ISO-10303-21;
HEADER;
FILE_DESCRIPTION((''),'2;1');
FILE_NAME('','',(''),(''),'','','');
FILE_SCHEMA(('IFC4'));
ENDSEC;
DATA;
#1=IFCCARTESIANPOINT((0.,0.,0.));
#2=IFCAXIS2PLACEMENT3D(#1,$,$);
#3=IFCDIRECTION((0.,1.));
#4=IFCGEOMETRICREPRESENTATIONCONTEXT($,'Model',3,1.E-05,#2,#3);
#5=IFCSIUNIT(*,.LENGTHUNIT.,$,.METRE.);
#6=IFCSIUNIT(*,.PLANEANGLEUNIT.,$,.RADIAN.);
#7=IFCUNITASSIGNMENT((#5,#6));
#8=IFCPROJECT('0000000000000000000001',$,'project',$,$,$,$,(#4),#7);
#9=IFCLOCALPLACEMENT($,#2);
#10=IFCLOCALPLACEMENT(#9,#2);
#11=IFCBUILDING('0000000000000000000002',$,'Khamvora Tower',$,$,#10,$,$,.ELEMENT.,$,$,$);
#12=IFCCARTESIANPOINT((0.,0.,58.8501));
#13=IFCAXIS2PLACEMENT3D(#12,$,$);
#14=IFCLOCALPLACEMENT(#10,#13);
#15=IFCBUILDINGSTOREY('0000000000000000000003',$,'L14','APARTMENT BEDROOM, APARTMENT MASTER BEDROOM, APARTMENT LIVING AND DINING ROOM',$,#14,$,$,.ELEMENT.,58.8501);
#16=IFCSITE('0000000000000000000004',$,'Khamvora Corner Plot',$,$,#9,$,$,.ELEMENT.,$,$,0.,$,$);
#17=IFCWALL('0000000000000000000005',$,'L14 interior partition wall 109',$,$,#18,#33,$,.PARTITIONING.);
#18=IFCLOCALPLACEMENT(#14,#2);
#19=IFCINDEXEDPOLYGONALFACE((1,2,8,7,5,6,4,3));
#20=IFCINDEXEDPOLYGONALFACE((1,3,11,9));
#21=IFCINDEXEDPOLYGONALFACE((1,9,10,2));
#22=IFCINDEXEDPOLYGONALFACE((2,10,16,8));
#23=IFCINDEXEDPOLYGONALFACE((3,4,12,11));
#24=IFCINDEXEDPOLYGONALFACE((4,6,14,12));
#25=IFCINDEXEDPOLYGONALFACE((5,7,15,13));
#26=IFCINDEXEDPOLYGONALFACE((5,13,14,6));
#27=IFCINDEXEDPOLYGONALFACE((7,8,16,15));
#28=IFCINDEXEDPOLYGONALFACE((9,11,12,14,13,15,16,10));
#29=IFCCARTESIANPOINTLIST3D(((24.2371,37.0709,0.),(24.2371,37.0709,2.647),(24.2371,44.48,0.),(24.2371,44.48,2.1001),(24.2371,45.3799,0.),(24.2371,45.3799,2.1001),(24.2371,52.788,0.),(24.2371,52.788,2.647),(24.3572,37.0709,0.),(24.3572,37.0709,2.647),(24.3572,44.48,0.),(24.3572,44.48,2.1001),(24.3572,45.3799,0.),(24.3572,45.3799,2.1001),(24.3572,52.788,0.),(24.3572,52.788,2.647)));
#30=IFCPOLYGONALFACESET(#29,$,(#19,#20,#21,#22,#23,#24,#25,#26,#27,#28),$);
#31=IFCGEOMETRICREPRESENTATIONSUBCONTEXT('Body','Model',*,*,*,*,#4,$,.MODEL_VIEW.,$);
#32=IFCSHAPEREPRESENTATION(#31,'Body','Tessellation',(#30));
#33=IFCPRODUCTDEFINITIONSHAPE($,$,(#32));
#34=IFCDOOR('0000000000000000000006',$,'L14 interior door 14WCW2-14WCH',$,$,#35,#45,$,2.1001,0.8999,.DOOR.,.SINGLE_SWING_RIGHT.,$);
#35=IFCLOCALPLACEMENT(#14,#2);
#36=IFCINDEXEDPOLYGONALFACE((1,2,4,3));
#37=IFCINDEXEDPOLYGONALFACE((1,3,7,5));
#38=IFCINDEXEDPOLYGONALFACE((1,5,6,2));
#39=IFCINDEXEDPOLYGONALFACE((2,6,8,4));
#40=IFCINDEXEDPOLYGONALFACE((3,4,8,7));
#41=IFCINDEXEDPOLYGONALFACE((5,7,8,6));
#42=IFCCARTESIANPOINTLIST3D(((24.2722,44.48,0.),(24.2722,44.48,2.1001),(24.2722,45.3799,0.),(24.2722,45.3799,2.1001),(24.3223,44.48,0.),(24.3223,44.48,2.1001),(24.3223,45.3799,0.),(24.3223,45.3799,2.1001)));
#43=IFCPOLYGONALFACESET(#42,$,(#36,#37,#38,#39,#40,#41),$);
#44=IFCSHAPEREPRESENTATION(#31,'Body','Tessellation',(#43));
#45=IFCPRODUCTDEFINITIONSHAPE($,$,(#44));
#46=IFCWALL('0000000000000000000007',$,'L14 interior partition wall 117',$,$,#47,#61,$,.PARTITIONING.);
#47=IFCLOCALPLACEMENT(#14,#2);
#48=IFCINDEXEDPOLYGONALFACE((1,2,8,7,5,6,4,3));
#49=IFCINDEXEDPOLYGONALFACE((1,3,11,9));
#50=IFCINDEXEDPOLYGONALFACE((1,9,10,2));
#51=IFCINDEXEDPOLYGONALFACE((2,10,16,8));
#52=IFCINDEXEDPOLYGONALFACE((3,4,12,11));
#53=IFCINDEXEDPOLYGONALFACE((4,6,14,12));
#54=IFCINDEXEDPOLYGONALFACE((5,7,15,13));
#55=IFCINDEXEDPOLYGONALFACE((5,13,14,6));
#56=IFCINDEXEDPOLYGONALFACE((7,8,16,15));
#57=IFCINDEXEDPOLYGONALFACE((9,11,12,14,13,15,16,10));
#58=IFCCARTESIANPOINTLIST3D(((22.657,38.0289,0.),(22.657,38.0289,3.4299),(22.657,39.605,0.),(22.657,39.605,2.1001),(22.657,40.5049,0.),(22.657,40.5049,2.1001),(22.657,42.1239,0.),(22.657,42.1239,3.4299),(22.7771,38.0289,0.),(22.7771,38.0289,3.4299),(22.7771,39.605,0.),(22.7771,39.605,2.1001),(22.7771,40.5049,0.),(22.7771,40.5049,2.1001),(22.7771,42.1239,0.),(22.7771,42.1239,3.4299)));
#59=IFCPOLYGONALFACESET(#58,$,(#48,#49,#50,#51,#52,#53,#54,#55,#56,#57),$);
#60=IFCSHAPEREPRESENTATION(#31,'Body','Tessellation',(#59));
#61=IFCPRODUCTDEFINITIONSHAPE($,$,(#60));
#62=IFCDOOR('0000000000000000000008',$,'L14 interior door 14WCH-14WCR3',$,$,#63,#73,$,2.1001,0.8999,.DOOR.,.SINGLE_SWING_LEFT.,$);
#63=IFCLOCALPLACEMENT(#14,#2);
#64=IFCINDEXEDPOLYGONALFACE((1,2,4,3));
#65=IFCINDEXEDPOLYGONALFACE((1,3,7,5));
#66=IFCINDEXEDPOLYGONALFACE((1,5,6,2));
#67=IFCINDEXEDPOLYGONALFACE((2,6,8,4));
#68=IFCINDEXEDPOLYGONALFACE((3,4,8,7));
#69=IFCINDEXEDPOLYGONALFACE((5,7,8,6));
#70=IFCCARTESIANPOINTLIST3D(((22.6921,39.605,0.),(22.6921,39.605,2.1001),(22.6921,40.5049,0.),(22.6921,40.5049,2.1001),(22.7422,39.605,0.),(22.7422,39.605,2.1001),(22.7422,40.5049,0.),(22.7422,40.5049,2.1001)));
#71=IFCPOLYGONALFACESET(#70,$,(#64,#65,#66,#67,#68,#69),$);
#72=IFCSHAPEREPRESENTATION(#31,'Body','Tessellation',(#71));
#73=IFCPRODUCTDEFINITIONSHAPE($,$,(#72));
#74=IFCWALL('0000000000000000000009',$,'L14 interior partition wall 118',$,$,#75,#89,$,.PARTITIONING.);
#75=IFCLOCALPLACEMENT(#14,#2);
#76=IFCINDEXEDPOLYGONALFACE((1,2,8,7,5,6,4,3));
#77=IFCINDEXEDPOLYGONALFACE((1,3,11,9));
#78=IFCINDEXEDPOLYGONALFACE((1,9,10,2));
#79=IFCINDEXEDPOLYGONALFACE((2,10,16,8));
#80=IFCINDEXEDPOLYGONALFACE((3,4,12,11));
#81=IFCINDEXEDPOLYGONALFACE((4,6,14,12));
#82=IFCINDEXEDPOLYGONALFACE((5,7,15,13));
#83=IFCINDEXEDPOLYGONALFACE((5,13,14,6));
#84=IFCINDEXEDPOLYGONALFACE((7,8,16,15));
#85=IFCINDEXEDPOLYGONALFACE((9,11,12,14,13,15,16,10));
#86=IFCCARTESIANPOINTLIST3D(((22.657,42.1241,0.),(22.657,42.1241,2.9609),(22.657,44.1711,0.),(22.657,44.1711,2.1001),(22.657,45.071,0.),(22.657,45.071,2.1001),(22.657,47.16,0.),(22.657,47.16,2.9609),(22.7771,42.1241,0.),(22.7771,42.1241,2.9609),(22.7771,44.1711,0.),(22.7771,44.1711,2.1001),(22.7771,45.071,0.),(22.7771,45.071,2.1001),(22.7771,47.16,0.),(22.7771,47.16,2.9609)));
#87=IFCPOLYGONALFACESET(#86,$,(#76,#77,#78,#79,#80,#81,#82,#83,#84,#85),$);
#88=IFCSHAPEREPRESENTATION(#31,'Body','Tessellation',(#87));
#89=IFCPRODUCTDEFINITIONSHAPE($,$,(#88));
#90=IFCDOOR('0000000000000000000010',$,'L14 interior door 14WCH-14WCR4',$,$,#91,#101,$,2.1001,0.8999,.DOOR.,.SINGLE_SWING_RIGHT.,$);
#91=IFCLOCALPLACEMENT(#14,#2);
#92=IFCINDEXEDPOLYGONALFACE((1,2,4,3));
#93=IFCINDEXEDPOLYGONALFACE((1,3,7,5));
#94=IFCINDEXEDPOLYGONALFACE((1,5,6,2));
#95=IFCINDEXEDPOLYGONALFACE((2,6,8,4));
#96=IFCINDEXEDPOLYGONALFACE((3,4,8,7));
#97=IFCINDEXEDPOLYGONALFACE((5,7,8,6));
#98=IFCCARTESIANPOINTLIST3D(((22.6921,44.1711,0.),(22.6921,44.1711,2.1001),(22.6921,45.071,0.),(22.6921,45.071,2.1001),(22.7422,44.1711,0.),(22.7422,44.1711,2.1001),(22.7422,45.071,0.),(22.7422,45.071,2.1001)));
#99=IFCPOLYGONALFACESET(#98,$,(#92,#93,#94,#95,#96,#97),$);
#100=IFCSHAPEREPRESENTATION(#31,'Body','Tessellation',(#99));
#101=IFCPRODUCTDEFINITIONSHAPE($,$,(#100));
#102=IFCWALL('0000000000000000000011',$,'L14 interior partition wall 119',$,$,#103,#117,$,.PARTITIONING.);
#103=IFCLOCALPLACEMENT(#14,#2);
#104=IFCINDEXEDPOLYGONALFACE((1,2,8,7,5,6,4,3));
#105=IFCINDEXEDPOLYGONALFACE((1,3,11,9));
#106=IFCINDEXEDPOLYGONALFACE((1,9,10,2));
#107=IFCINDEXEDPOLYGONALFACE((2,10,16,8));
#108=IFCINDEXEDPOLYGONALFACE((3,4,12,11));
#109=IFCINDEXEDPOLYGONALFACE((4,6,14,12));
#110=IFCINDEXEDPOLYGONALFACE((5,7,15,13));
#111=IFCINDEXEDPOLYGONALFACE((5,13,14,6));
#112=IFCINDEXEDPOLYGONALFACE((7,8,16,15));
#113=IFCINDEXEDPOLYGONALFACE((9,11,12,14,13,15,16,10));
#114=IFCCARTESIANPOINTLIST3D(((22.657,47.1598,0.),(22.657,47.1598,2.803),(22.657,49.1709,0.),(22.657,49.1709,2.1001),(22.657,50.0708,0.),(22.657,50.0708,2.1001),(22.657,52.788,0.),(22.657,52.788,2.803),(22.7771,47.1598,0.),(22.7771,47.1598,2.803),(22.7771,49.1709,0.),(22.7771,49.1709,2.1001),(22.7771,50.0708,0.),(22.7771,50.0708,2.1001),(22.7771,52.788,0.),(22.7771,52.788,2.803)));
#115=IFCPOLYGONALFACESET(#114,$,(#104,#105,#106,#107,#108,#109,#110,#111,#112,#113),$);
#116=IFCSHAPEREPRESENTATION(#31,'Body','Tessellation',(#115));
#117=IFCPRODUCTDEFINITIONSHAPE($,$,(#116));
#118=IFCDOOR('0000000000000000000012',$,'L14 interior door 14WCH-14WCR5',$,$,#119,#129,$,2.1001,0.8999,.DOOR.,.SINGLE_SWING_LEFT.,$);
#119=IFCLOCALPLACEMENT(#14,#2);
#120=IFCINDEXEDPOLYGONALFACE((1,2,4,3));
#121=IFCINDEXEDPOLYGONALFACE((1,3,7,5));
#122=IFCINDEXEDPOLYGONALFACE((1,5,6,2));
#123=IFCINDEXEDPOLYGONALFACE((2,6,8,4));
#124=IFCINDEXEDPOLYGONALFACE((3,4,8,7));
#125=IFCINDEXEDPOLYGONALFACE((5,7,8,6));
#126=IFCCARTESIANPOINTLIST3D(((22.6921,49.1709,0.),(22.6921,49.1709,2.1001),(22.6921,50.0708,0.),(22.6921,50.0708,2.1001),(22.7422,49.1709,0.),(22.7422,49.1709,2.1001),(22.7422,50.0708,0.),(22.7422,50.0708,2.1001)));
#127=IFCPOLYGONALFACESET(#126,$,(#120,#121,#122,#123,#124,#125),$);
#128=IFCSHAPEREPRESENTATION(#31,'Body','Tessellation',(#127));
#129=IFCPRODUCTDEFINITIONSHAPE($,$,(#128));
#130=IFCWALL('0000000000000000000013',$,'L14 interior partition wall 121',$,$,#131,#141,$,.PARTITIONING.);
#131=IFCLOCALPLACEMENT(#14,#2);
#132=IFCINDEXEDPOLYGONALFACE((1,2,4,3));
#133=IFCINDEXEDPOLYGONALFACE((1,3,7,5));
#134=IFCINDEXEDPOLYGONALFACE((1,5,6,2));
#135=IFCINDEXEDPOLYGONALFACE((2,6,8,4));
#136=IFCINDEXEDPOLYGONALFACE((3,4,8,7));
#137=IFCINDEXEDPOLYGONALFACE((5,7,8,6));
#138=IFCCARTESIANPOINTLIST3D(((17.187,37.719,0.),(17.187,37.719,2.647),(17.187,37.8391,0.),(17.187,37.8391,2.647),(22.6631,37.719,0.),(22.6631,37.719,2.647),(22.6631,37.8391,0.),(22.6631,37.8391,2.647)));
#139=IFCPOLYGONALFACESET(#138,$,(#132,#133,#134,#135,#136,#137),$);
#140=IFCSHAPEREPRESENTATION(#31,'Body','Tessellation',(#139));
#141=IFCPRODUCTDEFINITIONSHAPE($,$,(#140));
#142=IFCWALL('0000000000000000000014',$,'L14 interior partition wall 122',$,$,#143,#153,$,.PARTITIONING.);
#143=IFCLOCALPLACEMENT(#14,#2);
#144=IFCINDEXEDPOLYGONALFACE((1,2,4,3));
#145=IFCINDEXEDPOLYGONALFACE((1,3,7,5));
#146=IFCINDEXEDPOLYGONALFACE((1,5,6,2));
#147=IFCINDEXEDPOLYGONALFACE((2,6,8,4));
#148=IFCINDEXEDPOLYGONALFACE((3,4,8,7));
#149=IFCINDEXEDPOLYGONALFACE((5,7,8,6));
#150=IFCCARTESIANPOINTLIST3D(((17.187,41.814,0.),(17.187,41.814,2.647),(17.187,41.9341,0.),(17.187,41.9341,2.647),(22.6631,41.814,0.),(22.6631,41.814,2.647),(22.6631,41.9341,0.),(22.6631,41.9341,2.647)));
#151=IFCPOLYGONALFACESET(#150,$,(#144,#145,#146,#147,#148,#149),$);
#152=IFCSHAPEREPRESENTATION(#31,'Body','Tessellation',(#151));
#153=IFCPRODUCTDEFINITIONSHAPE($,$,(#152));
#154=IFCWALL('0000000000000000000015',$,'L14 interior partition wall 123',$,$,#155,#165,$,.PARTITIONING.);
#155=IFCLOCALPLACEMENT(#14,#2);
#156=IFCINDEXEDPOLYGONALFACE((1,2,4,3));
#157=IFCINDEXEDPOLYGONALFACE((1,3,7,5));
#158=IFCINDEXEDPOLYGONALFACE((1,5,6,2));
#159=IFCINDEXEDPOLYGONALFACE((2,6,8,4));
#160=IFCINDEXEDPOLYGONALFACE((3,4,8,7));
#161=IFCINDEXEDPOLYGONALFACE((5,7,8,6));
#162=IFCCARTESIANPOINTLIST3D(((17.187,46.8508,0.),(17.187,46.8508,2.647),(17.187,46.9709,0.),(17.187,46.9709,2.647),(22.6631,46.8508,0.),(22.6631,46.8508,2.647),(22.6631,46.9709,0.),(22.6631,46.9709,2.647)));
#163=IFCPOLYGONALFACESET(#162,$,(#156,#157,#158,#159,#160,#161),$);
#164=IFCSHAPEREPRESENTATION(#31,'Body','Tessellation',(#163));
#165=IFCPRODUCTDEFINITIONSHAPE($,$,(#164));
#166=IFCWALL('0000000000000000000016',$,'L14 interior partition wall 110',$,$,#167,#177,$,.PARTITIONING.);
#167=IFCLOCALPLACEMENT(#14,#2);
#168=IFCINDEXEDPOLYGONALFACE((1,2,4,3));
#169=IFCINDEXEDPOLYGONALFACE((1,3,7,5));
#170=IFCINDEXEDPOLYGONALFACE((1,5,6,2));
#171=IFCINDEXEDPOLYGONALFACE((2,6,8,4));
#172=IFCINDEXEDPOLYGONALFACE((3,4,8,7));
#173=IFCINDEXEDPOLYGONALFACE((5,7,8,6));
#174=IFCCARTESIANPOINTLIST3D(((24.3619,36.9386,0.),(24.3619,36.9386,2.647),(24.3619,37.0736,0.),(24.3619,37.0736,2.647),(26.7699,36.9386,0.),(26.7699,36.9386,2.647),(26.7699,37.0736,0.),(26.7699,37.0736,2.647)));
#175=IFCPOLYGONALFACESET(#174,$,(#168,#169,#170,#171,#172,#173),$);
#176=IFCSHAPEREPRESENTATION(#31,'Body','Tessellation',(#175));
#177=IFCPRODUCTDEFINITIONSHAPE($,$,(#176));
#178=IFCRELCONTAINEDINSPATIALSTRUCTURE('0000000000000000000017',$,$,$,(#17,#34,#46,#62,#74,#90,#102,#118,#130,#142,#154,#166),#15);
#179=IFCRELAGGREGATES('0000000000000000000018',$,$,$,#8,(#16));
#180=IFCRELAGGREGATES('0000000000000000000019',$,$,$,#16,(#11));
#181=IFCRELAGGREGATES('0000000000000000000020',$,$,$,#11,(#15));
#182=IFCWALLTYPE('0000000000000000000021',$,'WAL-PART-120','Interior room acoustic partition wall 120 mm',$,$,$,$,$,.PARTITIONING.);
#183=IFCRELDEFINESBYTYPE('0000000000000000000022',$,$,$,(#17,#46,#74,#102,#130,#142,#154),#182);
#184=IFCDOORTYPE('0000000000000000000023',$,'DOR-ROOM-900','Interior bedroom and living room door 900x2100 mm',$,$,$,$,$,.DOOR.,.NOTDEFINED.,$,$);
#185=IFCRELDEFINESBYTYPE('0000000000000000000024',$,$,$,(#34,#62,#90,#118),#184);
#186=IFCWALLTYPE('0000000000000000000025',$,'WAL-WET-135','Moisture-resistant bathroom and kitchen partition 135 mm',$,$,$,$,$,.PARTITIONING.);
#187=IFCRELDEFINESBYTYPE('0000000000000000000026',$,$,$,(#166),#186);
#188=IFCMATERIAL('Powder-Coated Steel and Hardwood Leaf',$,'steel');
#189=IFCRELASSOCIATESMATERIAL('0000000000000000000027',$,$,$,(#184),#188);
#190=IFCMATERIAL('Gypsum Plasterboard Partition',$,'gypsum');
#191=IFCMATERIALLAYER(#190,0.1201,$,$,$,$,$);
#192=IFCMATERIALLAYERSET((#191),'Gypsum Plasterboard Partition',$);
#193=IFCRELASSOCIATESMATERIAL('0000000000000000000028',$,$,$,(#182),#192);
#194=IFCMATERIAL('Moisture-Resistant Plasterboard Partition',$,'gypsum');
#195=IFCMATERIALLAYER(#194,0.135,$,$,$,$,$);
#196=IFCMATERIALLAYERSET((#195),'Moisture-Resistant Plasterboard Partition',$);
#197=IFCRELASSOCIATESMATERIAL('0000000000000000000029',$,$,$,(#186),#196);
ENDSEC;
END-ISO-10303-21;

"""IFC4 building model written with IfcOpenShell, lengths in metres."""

from ifc_helpers import new_model, si_unit, direction, frame, frame_2d, origin, place, context, subcontext, project, spatial, rectangle, extrude, material, layer, layer_set, type_object, element, fill, save


model = new_model("IFC4")

# Units and contexts
model_context = context("Model", 3, precision=1e-05, world=origin(), true_north=direction((0.0, 1.0)))
body_context = subcontext(model_context, "Body", "Model", "MODEL_VIEW")
ifc_project = project(units=[si_unit("LENGTHUNIT", "METRE"), si_unit("PLANEANGLEUNIT", "RADIAN")], contexts=[model_context])

# Site, building, storey
site_placement = place(None, origin())
site = spatial("IfcSite", under=ifc_project, at=site_placement, Name="Khamvora Corner Plot", CompositionType="ELEMENT", RefElevation=0.0)
building_placement = place(site_placement, origin())
building = spatial("IfcBuilding", under=site, at=building_placement, Name="Khamvora Tower", CompositionType="ELEMENT")
storey_placement = place(building_placement, frame((0.0, 0.0, 58.8501)))
storey = spatial("IfcBuildingStorey", under=building, at=storey_placement, Name="L14", Description="APARTMENT BEDROOM, APARTMENT MASTER BEDROOM, APARTMENT LIVING AND DINING ROOM", CompositionType="ELEMENT", Elevation=58.8501)

# Shared definitions
ifc_material_1 = material(Name="Powder-Coated Steel and Hardwood Leaf", Category="steel")
door_type_1 = type_object("IfcDoorType", Name="DOR-ROOM-900", Description="Interior bedroom and living room door 900x2100 mm", OperationType="NOTDEFINED", PredefinedType="DOOR", material=ifc_material_1)

# Shared definitions
ifc_material_2 = material(Name="Gypsum Plasterboard Partition", Category="gypsum")
ifc_layer_1 = layer(ifc_material_2, 0.1201)
ifc_layer_set_1 = layer_set([ifc_layer_1], Name="Gypsum Plasterboard Partition")
wall_type_1 = type_object("IfcWallType", Name="WAL-PART-120", Description="Interior room acoustic partition wall 120 mm", PredefinedType="PARTITIONING", material=ifc_layer_set_1)

# Walls, openings, doors
wall_1_placement = place(storey_placement, frame((24.2971, 37.071, 0.0), z_axis=(0.0, 0.0, 1.0), x_axis=(0.0, 1.0, 0.0)))
wall_1 = element("IfcWall", 1, at=wall_1_placement, inside=storey, type_object=wall_type_1, Name="L14 interior partition wall 109", PredefinedType="PARTITIONING", context=body_context, shape_type="SweptSolid", body=[
    extrude(rectangle(XDim=15.717, YDim=0.1201, at=frame_2d((7.8584, 0.0))), origin(), (0.0, 0.0, 1.0), 2.647),
])
opening_1_placement = place(wall_1_placement, frame((7.4089, 0.0, 0.0)))
opening_1 = element("IfcOpeningElement", 2, at=opening_1_placement, cuts=wall_1, PredefinedType="OPENING", context=body_context, shape_type="SweptSolid", body=[
    extrude(rectangle(XDim=0.8999, YDim=2.1001, at=frame_2d((0.45, 1.05))), frame((0.0, 0.0701, 0.0), z_axis=(0.0, -1.0, 0.0), x_axis=(1.0, 0.0, 0.0)), (0.0, 0.0, 1.0), 0.1401),
])
door_1_placement = place(opening_1_placement, origin())
door_1 = element("IfcDoor", 3, at=door_1_placement, inside=storey, type_object=door_type_1, Name="L14 interior door 14WCW2-14WCH", OperationType="SINGLE_SWING_RIGHT", OverallHeight=2.1001, OverallWidth=0.8999, PredefinedType="DOOR", context=body_context, shape_type="SweptSolid", body=[
    extrude(rectangle(XDim=0.8999, YDim=2.1001, at=frame_2d((0.45, 1.05))), frame((0.0, 0.0249, 0.0), z_axis=(0.0, -1.0, 0.0), x_axis=(1.0, 0.0, 0.0)), (0.0, 0.0, 1.0), 0.05),
])
fill(opening_1, door_1)
wall_2_placement = place(storey_placement, frame((22.717, 38.0291, 0.0), z_axis=(0.0, 0.0, 1.0), x_axis=(0.0, 1.0, 0.0)))
wall_2 = element("IfcWall", 4, at=wall_2_placement, inside=storey, type_object=wall_type_1, Name="L14 interior partition wall 117", PredefinedType="PARTITIONING", context=body_context, shape_type="SweptSolid", body=[
    extrude(rectangle(XDim=4.095, YDim=0.1201, at=frame_2d((2.0474, 0.0))), origin(), (0.0, 0.0, 1.0), 3.4299),
])
opening_2_placement = place(wall_2_placement, frame((1.5759, 0.0, 0.0)))
opening_2 = element("IfcOpeningElement", 5, at=opening_2_placement, cuts=wall_2, PredefinedType="OPENING", context=body_context, shape_type="SweptSolid", body=[
    extrude(rectangle(XDim=0.8999, YDim=2.1001, at=frame_2d((0.45, 1.05))), frame((0.0, 0.0701, 0.0), z_axis=(0.0, -1.0, 0.0), x_axis=(1.0, 0.0, 0.0)), (0.0, 0.0, 1.0), 0.1401),
])
door_2_placement = place(opening_2_placement, origin())
door_2 = element("IfcDoor", 6, at=door_2_placement, inside=storey, type_object=door_type_1, Name="L14 interior door 14WCH-14WCR3", OperationType="SINGLE_SWING_LEFT", OverallHeight=2.1001, OverallWidth=0.8999, PredefinedType="DOOR", context=body_context, shape_type="SweptSolid", body=[
    extrude(rectangle(XDim=0.8999, YDim=2.1001, at=frame_2d((0.45, 1.05))), frame((0.0, 0.0249, 0.0), z_axis=(0.0, -1.0, 0.0), x_axis=(1.0, 0.0, 0.0)), (0.0, 0.0, 1.0), 0.05),
])
fill(opening_2, door_2)
wall_3_placement = place(storey_placement, frame((22.717, 42.124, 0.0), z_axis=(0.0, 0.0, 1.0), x_axis=(0.0, 1.0, 0.0)))
wall_3 = element("IfcWall", 7, at=wall_3_placement, inside=storey, type_object=wall_type_1, Name="L14 interior partition wall 118", PredefinedType="PARTITIONING", context=body_context, shape_type="SweptSolid", body=[
    extrude(rectangle(XDim=5.0359, YDim=0.1201, at=frame_2d((2.5181, 0.0))), origin(), (0.0, 0.0, 1.0), 2.9609),
])
opening_3_placement = place(wall_3_placement, frame((2.0471, 0.0, 0.0)))
opening_3 = element("IfcOpeningElement", 8, at=opening_3_placement, cuts=wall_3, PredefinedType="OPENING", context=body_context, shape_type="SweptSolid", body=[
    extrude(rectangle(XDim=0.8999, YDim=2.1001, at=frame_2d((0.45, 1.05))), frame((0.0, 0.0701, 0.0), z_axis=(0.0, -1.0, 0.0), x_axis=(1.0, 0.0, 0.0)), (0.0, 0.0, 1.0), 0.1401),
])
door_3_placement = place(opening_3_placement, origin())
door_3 = element("IfcDoor", 9, at=door_3_placement, inside=storey, type_object=door_type_1, Name="L14 interior door 14WCH-14WCR4", OperationType="SINGLE_SWING_RIGHT", OverallHeight=2.1001, OverallWidth=0.8999, PredefinedType="DOOR", context=body_context, shape_type="SweptSolid", body=[
    extrude(rectangle(XDim=0.8999, YDim=2.1001, at=frame_2d((0.45, 1.05))), frame((0.0, 0.0249, 0.0), z_axis=(0.0, -1.0, 0.0), x_axis=(1.0, 0.0, 0.0)), (0.0, 0.0, 1.0), 0.05),
])
fill(opening_3, door_3)
wall_4_placement = place(storey_placement, frame((22.717, 47.1599, 0.0), z_axis=(0.0, 0.0, 1.0), x_axis=(0.0, 1.0, 0.0)))
wall_4 = element("IfcWall", 10, at=wall_4_placement, inside=storey, type_object=wall_type_1, Name="L14 interior partition wall 119", PredefinedType="PARTITIONING", context=body_context, shape_type="SweptSolid", body=[
    extrude(rectangle(XDim=5.6282, YDim=0.1201, at=frame_2d((2.814, 0.0))), origin(), (0.0, 0.0, 1.0), 2.803),
])
opening_4_placement = place(wall_4_placement, frame((2.011, 0.0, 0.0)))
opening_4 = element("IfcOpeningElement", 11, at=opening_4_placement, cuts=wall_4, PredefinedType="OPENING", context=body_context, shape_type="SweptSolid", body=[
    extrude(rectangle(XDim=0.8999, YDim=2.1001, at=frame_2d((0.45, 1.05))), frame((0.0, 0.0701, 0.0), z_axis=(0.0, -1.0, 0.0), x_axis=(1.0, 0.0, 0.0)), (0.0, 0.0, 1.0), 0.1401),
])
door_4_placement = place(opening_4_placement, origin())
door_4 = element("IfcDoor", 12, at=door_4_placement, inside=storey, type_object=door_type_1, Name="L14 interior door 14WCH-14WCR5", OperationType="SINGLE_SWING_LEFT", OverallHeight=2.1001, OverallWidth=0.8999, PredefinedType="DOOR", context=body_context, shape_type="SweptSolid", body=[
    extrude(rectangle(XDim=0.8999, YDim=2.1001, at=frame_2d((0.45, 1.05))), frame((0.0, 0.0249, 0.0), z_axis=(0.0, -1.0, 0.0), x_axis=(1.0, 0.0, 0.0)), (0.0, 0.0, 1.0), 0.05),
])
fill(opening_4, door_4)

# Walls
for number, where, z_axis, x_axis, name in (
    (13, (17.187, 37.7791, 0.0), (0.0, 0.0, 1.0), (1.0, 0.0, 0.0), "L14 interior partition wall 121"),
    (14, (17.187, 41.874, 0.0), (0.0, 0.0, 1.0), (1.0, 0.0, 0.0), "L14 interior partition wall 122"),
    (15, (17.187, 46.9109, 0.0), (0.0, 0.0, 1.0), (1.0, 0.0, 0.0), "L14 interior partition wall 123"),
):
    element("IfcWall", number, at=place(storey_placement, frame(where, z_axis=z_axis, x_axis=x_axis)), inside=storey, type_object=wall_type_1, Name=name, PredefinedType="PARTITIONING", context=body_context, shape_type="SweptSolid", body=[
        extrude(rectangle(XDim=5.4761, YDim=0.1201, at=frame_2d((2.738, 0.0))), origin(), (0.0, 0.0, 1.0), 2.647),
    ])
ifc_material_3 = material(Name="Moisture-Resistant Plasterboard Partition", Category="gypsum")
ifc_layer_2 = layer(ifc_material_3, 0.135)
ifc_layer_set_2 = layer_set([ifc_layer_2], Name="Moisture-Resistant Plasterboard Partition")
wall_type_2 = type_object("IfcWallType", Name="WAL-WET-135", Description="Moisture-resistant bathroom and kitchen partition 135 mm", PredefinedType="PARTITIONING", material=ifc_layer_set_2)
wall_5_placement = place(storey_placement, frame((26.77, 37.0061, 0.0), z_axis=(0.0, 0.0, 1.0), x_axis=(-1.0, 0.0, 0.0)))
element("IfcWall", 16, at=wall_5_placement, inside=storey, type_object=wall_type_2, Name="L14 interior partition wall 110", PredefinedType="PARTITIONING", context=body_context, shape_type="SweptSolid", body=[
    extrude(rectangle(XDim=2.408, YDim=0.135, at=frame_2d((1.2041, 0.0))), origin(), (0.0, 0.0, 1.0), 2.647),
])

save(model, "model.ifc")
